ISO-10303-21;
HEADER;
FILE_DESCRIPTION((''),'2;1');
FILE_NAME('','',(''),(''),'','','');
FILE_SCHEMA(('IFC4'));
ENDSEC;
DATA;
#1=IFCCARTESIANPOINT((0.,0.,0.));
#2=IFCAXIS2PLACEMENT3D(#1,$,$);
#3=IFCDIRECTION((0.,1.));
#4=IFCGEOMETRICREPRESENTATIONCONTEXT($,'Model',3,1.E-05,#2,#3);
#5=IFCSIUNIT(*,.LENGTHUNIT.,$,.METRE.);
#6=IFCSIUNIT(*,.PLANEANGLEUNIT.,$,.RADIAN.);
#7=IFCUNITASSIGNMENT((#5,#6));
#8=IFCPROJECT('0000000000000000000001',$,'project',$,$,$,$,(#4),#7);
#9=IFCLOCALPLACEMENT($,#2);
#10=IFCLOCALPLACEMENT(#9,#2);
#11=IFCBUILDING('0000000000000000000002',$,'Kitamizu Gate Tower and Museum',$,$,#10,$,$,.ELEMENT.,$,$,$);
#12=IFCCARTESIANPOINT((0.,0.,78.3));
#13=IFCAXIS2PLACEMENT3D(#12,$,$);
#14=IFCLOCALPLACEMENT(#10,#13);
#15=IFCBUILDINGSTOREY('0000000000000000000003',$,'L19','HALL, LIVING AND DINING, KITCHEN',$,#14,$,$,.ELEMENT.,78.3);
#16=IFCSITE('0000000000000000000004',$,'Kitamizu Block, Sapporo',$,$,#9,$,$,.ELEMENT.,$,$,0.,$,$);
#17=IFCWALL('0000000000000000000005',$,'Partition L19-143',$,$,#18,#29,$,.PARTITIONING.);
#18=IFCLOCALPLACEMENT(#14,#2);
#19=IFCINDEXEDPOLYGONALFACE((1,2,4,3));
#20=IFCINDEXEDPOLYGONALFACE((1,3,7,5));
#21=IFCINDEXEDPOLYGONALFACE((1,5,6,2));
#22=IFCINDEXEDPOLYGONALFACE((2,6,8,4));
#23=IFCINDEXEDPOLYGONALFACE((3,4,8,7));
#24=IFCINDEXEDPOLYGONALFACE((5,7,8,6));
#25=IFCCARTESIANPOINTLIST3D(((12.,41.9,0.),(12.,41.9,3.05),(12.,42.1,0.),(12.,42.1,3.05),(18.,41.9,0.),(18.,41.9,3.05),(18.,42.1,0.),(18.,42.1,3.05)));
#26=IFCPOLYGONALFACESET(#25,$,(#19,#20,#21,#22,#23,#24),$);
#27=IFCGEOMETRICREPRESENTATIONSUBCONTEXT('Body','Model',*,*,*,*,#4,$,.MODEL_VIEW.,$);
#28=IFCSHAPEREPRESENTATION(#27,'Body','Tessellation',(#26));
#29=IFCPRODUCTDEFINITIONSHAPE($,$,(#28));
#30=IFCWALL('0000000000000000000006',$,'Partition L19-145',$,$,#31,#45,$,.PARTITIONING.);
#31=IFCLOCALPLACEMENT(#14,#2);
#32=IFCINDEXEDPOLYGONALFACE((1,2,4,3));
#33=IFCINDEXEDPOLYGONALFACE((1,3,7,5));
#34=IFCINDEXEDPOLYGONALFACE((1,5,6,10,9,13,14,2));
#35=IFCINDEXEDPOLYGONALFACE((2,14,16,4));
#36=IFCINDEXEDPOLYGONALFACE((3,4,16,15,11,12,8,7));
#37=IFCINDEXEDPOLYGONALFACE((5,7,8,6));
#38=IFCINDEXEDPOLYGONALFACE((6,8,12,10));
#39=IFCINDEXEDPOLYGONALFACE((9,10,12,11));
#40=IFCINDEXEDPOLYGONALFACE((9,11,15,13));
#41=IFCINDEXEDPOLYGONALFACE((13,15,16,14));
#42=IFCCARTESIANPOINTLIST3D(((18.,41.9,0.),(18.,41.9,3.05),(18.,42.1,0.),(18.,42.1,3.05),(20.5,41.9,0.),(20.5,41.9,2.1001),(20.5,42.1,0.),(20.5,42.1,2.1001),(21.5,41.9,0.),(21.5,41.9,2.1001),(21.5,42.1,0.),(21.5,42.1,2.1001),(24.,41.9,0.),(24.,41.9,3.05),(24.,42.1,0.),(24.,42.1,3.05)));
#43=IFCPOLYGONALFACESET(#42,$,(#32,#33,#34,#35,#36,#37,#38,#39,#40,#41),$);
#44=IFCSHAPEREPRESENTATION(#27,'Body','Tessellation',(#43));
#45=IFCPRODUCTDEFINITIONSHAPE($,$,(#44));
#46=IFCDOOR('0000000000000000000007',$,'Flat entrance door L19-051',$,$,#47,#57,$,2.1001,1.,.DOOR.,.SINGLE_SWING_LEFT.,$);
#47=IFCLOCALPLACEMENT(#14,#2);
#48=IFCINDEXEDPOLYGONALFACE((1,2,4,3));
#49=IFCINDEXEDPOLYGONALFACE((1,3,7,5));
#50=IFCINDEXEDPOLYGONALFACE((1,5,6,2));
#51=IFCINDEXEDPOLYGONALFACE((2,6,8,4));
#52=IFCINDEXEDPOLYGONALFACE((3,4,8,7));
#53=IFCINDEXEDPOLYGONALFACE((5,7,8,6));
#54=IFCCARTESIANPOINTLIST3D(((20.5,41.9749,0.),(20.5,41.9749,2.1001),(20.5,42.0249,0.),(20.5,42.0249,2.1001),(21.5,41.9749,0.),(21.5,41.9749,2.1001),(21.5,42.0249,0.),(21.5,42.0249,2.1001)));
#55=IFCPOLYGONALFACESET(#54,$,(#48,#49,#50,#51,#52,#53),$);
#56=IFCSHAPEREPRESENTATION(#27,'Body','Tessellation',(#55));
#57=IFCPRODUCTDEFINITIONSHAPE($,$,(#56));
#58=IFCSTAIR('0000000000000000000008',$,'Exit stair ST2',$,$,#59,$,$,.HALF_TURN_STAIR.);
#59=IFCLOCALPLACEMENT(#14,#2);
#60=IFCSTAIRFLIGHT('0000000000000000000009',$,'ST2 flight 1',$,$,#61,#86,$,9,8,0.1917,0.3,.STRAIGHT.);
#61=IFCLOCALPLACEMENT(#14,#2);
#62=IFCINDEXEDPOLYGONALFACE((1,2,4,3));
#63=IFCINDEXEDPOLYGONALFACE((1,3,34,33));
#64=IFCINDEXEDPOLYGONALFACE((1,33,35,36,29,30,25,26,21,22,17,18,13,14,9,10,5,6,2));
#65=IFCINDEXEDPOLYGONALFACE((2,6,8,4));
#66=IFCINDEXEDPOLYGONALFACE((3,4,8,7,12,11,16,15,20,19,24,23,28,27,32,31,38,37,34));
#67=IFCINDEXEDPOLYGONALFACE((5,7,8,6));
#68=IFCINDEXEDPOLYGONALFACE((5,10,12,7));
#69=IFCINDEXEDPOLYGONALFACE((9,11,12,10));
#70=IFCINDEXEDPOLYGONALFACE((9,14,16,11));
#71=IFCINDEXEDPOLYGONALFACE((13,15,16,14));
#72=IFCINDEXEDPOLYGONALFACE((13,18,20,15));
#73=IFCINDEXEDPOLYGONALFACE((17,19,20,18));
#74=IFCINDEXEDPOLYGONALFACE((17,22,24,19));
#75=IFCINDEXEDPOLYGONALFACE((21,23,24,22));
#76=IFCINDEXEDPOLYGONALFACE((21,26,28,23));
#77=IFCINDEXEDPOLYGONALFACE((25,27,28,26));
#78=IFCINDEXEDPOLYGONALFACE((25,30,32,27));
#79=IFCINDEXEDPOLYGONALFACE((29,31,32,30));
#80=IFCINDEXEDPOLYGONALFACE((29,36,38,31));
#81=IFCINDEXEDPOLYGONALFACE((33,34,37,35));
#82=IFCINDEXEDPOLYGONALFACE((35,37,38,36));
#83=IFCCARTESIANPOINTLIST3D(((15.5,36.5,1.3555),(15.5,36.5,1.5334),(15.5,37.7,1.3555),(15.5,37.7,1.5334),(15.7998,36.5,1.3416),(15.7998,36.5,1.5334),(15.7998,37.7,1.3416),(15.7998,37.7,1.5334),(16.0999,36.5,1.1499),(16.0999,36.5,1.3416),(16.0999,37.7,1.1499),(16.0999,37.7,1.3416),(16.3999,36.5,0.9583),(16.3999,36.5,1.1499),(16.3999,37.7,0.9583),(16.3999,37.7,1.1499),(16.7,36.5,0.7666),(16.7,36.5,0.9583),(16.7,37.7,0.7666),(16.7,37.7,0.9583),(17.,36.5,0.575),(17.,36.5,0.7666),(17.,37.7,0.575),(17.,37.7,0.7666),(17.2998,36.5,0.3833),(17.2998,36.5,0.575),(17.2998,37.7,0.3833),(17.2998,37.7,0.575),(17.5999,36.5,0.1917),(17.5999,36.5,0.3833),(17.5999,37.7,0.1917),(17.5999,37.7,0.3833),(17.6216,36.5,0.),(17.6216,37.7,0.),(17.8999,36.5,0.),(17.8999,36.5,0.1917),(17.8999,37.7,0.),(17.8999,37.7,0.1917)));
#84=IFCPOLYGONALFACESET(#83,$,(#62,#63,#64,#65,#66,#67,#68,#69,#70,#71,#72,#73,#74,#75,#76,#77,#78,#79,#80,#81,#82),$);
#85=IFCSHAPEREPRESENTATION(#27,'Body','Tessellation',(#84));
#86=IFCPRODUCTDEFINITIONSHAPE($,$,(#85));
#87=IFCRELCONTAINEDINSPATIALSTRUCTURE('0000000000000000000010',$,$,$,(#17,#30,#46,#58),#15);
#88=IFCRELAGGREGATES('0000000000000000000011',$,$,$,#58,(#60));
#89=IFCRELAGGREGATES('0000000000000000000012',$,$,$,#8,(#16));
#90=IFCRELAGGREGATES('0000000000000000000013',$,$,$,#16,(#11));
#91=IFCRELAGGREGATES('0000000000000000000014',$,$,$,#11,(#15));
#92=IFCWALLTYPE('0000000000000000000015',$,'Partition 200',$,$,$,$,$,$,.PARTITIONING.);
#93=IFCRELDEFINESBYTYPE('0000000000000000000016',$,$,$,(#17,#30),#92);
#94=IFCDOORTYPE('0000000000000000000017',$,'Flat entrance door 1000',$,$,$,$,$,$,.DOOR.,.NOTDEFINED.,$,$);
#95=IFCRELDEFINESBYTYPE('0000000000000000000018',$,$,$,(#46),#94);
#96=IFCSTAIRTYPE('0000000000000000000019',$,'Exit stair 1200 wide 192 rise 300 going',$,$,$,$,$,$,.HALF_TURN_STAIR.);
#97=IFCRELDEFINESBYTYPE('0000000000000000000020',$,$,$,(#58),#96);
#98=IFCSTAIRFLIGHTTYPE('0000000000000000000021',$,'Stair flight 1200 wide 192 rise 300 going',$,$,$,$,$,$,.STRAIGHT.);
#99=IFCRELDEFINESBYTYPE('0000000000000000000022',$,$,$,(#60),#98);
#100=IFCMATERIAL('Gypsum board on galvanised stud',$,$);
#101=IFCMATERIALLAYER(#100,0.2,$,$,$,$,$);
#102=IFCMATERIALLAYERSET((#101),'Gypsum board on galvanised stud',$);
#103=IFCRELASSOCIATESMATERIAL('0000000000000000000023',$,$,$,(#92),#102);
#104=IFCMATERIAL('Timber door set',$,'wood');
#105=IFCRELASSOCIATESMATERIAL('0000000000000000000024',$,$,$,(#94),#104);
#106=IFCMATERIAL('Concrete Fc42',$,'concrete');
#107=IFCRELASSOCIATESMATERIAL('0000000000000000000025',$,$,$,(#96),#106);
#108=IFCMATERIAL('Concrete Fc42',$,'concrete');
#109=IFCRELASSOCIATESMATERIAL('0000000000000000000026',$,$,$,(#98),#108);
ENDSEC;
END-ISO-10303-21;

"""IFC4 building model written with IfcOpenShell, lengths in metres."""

from ifc_helpers import new_model, si_unit, direction, frame, frame_2d, origin, place, context, subcontext, project, spatial, polyline, rectangle, outline, extrude, material, layer, layer_set, type_object, element, fill, aggregate, save


model = new_model("IFC4")

# Units and contexts
model_context = context("Model", 3, precision=1e-05, world=origin(), true_north=direction((0.0, 1.0)))
body_context = subcontext(model_context, "Body", "Model", "MODEL_VIEW")
ifc_project = project(units=[si_unit("LENGTHUNIT", "METRE"), si_unit("PLANEANGLEUNIT", "RADIAN")], contexts=[model_context])

# Site, building, storey
site_placement = place(None, origin())
site = spatial("IfcSite", under=ifc_project, at=site_placement, Name="Kitamizu Block, Sapporo", CompositionType="ELEMENT", RefElevation=0.0)
building_placement = place(site_placement, origin())
building = spatial("IfcBuilding", under=site, at=building_placement, Name="Kitamizu Gate Tower and Museum", CompositionType="ELEMENT")
storey_placement = place(building_placement, frame((0.0, 0.0, 78.3)))
storey = spatial("IfcBuildingStorey", under=building, at=storey_placement, Name="L19", Description="HALL, LIVING AND DINING, KITCHEN", CompositionType="ELEMENT", Elevation=78.3)

# Wall
ifc_material_1 = material(Name="Gypsum board on galvanised stud")
ifc_layer_1 = layer(ifc_material_1, 0.2)
ifc_layer_set_1 = layer_set([ifc_layer_1], Name="Gypsum board on galvanised stud")
wall_type_1 = type_object("IfcWallType", Name="Partition 200", PredefinedType="PARTITIONING", material=ifc_layer_set_1)
wall_1_placement = place(storey_placement, frame((12.0, 42.0, 0.0), z_axis=(0.0, 0.0, 1.0), x_axis=(1.0, 0.0, 0.0)))
element("IfcWall", 1, at=wall_1_placement, inside=storey, type_object=wall_type_1, Name="Partition L19-143", PredefinedType="PARTITIONING", context=body_context, shape_type="SweptSolid", body=[
    extrude(rectangle(XDim=6.0, YDim=0.2, at=frame_2d((3.0, 0.0))), origin(), (0.0, 0.0, 1.0), 3.05),
])

# Wall, opening, door
wall_2_placement = place(storey_placement, frame((18.0, 42.0, 0.0), z_axis=(0.0, 0.0, 1.0), x_axis=(1.0, 0.0, 0.0)))
wall_2 = element("IfcWall", 2, at=wall_2_placement, inside=storey, type_object=wall_type_1, Name="Partition L19-145", PredefinedType="PARTITIONING", context=body_context, shape_type="SweptSolid", body=[
    extrude(rectangle(XDim=6.0, YDim=0.2, at=frame_2d((3.0, 0.0))), origin(), (0.0, 0.0, 1.0), 3.05),
])
opening_1_placement = place(wall_2_placement, frame((2.5, 0.0, 0.0)))
opening_1 = element("IfcOpeningElement", 3, at=opening_1_placement, cuts=wall_2, PredefinedType="OPENING", context=body_context, shape_type="SweptSolid", body=[
    extrude(rectangle(XDim=1.0, YDim=2.1001, at=frame_2d((0.5, 1.05))), frame((0.0, 0.1099, 0.0), z_axis=(0.0, -1.0, 0.0), x_axis=(1.0, 0.0, 0.0)), (0.0, 0.0, 1.0), 0.22),
])
ifc_material_2 = material(Name="Timber door set", Category="wood")
door_type_1 = type_object("IfcDoorType", Name="Flat entrance door 1000", OperationType="NOTDEFINED", PredefinedType="DOOR", material=ifc_material_2)
door_1_placement = place(opening_1_placement, origin())
door_1 = element("IfcDoor", 4, at=door_1_placement, inside=storey, type_object=door_type_1, Name="Flat entrance door L19-051", OperationType="SINGLE_SWING_LEFT", OverallHeight=2.1001, OverallWidth=1.0, PredefinedType="DOOR", context=body_context, shape_type="SweptSolid", body=[
    extrude(rectangle(XDim=1.0, YDim=2.1001, at=frame_2d((0.5, 1.05))), frame((0.0, 0.0249, 0.0), z_axis=(0.0, -1.0, 0.0), x_axis=(1.0, 0.0, 0.0)), (0.0, 0.0, 1.0), 0.05),
])
fill(opening_1, door_1)

# Stair, stair flight
ifc_material_3 = material(Name="Concrete Fc42", Category="concrete")
stair_type = type_object("IfcStairType", Name="Exit stair 1200 wide 192 rise 300 going", PredefinedType="HALF_TURN_STAIR", material=ifc_material_3)
stair_placement = place(storey_placement, origin())
stair = element("IfcStair", 5, at=stair_placement, inside=storey, type_object=stair_type, Name="Exit stair ST2", PredefinedType="HALF_TURN_STAIR")
ifc_material_4 = material(Name="Concrete Fc42", Category="concrete")
stair_flight_type = type_object("IfcStairFlightType", Name="Stair flight 1200 wide 192 rise 300 going", PredefinedType="STRAIGHT", material=ifc_material_4)
stair_flight_placement = place(storey_placement, frame((17.8999, 37.1001, 0.0), z_axis=(0.0, 0.0, 1.0), x_axis=(-1.0, 0.0, 0.0)))
stair_flight = element("IfcStairFlight", 6, at=stair_flight_placement, type_object=stair_flight_type, Name="ST2 flight 1", NumberOfRisers=9, NumberOfTreads=8, PredefinedType="STRAIGHT", RiserHeight=0.1917, TreadLength=0.3, context=body_context, shape_type="SweptSolid", body=[
    extrude(outline(polyline([(0.0, 0.0), (0.0, 0.1917), (0.3, 0.1917), (0.3, 0.3833), (0.6001, 0.3833), (0.6001, 0.575), (0.8999, 0.575), (0.8999, 0.7666), (1.2, 0.7666), (1.2, 0.9583), (1.5, 0.9583), (1.5, 1.1499), (1.8, 1.1499), (1.8, 1.3416), (2.1001, 1.3416), (2.1001, 1.5334), (2.3999, 1.5334), (2.3999, 1.7251), (2.3999, 1.3555), (0.2783, 0.0), (0.0, 0.0)])), frame((0.0, 0.6001, 0.0), z_axis=(0.0, -1.0, 0.0), x_axis=(1.0, 0.0, 0.0)), (0.0, 0.0, 1.0), 1.2),
])
aggregate(stair, [stair_flight])

save(model, "model.ifc")
